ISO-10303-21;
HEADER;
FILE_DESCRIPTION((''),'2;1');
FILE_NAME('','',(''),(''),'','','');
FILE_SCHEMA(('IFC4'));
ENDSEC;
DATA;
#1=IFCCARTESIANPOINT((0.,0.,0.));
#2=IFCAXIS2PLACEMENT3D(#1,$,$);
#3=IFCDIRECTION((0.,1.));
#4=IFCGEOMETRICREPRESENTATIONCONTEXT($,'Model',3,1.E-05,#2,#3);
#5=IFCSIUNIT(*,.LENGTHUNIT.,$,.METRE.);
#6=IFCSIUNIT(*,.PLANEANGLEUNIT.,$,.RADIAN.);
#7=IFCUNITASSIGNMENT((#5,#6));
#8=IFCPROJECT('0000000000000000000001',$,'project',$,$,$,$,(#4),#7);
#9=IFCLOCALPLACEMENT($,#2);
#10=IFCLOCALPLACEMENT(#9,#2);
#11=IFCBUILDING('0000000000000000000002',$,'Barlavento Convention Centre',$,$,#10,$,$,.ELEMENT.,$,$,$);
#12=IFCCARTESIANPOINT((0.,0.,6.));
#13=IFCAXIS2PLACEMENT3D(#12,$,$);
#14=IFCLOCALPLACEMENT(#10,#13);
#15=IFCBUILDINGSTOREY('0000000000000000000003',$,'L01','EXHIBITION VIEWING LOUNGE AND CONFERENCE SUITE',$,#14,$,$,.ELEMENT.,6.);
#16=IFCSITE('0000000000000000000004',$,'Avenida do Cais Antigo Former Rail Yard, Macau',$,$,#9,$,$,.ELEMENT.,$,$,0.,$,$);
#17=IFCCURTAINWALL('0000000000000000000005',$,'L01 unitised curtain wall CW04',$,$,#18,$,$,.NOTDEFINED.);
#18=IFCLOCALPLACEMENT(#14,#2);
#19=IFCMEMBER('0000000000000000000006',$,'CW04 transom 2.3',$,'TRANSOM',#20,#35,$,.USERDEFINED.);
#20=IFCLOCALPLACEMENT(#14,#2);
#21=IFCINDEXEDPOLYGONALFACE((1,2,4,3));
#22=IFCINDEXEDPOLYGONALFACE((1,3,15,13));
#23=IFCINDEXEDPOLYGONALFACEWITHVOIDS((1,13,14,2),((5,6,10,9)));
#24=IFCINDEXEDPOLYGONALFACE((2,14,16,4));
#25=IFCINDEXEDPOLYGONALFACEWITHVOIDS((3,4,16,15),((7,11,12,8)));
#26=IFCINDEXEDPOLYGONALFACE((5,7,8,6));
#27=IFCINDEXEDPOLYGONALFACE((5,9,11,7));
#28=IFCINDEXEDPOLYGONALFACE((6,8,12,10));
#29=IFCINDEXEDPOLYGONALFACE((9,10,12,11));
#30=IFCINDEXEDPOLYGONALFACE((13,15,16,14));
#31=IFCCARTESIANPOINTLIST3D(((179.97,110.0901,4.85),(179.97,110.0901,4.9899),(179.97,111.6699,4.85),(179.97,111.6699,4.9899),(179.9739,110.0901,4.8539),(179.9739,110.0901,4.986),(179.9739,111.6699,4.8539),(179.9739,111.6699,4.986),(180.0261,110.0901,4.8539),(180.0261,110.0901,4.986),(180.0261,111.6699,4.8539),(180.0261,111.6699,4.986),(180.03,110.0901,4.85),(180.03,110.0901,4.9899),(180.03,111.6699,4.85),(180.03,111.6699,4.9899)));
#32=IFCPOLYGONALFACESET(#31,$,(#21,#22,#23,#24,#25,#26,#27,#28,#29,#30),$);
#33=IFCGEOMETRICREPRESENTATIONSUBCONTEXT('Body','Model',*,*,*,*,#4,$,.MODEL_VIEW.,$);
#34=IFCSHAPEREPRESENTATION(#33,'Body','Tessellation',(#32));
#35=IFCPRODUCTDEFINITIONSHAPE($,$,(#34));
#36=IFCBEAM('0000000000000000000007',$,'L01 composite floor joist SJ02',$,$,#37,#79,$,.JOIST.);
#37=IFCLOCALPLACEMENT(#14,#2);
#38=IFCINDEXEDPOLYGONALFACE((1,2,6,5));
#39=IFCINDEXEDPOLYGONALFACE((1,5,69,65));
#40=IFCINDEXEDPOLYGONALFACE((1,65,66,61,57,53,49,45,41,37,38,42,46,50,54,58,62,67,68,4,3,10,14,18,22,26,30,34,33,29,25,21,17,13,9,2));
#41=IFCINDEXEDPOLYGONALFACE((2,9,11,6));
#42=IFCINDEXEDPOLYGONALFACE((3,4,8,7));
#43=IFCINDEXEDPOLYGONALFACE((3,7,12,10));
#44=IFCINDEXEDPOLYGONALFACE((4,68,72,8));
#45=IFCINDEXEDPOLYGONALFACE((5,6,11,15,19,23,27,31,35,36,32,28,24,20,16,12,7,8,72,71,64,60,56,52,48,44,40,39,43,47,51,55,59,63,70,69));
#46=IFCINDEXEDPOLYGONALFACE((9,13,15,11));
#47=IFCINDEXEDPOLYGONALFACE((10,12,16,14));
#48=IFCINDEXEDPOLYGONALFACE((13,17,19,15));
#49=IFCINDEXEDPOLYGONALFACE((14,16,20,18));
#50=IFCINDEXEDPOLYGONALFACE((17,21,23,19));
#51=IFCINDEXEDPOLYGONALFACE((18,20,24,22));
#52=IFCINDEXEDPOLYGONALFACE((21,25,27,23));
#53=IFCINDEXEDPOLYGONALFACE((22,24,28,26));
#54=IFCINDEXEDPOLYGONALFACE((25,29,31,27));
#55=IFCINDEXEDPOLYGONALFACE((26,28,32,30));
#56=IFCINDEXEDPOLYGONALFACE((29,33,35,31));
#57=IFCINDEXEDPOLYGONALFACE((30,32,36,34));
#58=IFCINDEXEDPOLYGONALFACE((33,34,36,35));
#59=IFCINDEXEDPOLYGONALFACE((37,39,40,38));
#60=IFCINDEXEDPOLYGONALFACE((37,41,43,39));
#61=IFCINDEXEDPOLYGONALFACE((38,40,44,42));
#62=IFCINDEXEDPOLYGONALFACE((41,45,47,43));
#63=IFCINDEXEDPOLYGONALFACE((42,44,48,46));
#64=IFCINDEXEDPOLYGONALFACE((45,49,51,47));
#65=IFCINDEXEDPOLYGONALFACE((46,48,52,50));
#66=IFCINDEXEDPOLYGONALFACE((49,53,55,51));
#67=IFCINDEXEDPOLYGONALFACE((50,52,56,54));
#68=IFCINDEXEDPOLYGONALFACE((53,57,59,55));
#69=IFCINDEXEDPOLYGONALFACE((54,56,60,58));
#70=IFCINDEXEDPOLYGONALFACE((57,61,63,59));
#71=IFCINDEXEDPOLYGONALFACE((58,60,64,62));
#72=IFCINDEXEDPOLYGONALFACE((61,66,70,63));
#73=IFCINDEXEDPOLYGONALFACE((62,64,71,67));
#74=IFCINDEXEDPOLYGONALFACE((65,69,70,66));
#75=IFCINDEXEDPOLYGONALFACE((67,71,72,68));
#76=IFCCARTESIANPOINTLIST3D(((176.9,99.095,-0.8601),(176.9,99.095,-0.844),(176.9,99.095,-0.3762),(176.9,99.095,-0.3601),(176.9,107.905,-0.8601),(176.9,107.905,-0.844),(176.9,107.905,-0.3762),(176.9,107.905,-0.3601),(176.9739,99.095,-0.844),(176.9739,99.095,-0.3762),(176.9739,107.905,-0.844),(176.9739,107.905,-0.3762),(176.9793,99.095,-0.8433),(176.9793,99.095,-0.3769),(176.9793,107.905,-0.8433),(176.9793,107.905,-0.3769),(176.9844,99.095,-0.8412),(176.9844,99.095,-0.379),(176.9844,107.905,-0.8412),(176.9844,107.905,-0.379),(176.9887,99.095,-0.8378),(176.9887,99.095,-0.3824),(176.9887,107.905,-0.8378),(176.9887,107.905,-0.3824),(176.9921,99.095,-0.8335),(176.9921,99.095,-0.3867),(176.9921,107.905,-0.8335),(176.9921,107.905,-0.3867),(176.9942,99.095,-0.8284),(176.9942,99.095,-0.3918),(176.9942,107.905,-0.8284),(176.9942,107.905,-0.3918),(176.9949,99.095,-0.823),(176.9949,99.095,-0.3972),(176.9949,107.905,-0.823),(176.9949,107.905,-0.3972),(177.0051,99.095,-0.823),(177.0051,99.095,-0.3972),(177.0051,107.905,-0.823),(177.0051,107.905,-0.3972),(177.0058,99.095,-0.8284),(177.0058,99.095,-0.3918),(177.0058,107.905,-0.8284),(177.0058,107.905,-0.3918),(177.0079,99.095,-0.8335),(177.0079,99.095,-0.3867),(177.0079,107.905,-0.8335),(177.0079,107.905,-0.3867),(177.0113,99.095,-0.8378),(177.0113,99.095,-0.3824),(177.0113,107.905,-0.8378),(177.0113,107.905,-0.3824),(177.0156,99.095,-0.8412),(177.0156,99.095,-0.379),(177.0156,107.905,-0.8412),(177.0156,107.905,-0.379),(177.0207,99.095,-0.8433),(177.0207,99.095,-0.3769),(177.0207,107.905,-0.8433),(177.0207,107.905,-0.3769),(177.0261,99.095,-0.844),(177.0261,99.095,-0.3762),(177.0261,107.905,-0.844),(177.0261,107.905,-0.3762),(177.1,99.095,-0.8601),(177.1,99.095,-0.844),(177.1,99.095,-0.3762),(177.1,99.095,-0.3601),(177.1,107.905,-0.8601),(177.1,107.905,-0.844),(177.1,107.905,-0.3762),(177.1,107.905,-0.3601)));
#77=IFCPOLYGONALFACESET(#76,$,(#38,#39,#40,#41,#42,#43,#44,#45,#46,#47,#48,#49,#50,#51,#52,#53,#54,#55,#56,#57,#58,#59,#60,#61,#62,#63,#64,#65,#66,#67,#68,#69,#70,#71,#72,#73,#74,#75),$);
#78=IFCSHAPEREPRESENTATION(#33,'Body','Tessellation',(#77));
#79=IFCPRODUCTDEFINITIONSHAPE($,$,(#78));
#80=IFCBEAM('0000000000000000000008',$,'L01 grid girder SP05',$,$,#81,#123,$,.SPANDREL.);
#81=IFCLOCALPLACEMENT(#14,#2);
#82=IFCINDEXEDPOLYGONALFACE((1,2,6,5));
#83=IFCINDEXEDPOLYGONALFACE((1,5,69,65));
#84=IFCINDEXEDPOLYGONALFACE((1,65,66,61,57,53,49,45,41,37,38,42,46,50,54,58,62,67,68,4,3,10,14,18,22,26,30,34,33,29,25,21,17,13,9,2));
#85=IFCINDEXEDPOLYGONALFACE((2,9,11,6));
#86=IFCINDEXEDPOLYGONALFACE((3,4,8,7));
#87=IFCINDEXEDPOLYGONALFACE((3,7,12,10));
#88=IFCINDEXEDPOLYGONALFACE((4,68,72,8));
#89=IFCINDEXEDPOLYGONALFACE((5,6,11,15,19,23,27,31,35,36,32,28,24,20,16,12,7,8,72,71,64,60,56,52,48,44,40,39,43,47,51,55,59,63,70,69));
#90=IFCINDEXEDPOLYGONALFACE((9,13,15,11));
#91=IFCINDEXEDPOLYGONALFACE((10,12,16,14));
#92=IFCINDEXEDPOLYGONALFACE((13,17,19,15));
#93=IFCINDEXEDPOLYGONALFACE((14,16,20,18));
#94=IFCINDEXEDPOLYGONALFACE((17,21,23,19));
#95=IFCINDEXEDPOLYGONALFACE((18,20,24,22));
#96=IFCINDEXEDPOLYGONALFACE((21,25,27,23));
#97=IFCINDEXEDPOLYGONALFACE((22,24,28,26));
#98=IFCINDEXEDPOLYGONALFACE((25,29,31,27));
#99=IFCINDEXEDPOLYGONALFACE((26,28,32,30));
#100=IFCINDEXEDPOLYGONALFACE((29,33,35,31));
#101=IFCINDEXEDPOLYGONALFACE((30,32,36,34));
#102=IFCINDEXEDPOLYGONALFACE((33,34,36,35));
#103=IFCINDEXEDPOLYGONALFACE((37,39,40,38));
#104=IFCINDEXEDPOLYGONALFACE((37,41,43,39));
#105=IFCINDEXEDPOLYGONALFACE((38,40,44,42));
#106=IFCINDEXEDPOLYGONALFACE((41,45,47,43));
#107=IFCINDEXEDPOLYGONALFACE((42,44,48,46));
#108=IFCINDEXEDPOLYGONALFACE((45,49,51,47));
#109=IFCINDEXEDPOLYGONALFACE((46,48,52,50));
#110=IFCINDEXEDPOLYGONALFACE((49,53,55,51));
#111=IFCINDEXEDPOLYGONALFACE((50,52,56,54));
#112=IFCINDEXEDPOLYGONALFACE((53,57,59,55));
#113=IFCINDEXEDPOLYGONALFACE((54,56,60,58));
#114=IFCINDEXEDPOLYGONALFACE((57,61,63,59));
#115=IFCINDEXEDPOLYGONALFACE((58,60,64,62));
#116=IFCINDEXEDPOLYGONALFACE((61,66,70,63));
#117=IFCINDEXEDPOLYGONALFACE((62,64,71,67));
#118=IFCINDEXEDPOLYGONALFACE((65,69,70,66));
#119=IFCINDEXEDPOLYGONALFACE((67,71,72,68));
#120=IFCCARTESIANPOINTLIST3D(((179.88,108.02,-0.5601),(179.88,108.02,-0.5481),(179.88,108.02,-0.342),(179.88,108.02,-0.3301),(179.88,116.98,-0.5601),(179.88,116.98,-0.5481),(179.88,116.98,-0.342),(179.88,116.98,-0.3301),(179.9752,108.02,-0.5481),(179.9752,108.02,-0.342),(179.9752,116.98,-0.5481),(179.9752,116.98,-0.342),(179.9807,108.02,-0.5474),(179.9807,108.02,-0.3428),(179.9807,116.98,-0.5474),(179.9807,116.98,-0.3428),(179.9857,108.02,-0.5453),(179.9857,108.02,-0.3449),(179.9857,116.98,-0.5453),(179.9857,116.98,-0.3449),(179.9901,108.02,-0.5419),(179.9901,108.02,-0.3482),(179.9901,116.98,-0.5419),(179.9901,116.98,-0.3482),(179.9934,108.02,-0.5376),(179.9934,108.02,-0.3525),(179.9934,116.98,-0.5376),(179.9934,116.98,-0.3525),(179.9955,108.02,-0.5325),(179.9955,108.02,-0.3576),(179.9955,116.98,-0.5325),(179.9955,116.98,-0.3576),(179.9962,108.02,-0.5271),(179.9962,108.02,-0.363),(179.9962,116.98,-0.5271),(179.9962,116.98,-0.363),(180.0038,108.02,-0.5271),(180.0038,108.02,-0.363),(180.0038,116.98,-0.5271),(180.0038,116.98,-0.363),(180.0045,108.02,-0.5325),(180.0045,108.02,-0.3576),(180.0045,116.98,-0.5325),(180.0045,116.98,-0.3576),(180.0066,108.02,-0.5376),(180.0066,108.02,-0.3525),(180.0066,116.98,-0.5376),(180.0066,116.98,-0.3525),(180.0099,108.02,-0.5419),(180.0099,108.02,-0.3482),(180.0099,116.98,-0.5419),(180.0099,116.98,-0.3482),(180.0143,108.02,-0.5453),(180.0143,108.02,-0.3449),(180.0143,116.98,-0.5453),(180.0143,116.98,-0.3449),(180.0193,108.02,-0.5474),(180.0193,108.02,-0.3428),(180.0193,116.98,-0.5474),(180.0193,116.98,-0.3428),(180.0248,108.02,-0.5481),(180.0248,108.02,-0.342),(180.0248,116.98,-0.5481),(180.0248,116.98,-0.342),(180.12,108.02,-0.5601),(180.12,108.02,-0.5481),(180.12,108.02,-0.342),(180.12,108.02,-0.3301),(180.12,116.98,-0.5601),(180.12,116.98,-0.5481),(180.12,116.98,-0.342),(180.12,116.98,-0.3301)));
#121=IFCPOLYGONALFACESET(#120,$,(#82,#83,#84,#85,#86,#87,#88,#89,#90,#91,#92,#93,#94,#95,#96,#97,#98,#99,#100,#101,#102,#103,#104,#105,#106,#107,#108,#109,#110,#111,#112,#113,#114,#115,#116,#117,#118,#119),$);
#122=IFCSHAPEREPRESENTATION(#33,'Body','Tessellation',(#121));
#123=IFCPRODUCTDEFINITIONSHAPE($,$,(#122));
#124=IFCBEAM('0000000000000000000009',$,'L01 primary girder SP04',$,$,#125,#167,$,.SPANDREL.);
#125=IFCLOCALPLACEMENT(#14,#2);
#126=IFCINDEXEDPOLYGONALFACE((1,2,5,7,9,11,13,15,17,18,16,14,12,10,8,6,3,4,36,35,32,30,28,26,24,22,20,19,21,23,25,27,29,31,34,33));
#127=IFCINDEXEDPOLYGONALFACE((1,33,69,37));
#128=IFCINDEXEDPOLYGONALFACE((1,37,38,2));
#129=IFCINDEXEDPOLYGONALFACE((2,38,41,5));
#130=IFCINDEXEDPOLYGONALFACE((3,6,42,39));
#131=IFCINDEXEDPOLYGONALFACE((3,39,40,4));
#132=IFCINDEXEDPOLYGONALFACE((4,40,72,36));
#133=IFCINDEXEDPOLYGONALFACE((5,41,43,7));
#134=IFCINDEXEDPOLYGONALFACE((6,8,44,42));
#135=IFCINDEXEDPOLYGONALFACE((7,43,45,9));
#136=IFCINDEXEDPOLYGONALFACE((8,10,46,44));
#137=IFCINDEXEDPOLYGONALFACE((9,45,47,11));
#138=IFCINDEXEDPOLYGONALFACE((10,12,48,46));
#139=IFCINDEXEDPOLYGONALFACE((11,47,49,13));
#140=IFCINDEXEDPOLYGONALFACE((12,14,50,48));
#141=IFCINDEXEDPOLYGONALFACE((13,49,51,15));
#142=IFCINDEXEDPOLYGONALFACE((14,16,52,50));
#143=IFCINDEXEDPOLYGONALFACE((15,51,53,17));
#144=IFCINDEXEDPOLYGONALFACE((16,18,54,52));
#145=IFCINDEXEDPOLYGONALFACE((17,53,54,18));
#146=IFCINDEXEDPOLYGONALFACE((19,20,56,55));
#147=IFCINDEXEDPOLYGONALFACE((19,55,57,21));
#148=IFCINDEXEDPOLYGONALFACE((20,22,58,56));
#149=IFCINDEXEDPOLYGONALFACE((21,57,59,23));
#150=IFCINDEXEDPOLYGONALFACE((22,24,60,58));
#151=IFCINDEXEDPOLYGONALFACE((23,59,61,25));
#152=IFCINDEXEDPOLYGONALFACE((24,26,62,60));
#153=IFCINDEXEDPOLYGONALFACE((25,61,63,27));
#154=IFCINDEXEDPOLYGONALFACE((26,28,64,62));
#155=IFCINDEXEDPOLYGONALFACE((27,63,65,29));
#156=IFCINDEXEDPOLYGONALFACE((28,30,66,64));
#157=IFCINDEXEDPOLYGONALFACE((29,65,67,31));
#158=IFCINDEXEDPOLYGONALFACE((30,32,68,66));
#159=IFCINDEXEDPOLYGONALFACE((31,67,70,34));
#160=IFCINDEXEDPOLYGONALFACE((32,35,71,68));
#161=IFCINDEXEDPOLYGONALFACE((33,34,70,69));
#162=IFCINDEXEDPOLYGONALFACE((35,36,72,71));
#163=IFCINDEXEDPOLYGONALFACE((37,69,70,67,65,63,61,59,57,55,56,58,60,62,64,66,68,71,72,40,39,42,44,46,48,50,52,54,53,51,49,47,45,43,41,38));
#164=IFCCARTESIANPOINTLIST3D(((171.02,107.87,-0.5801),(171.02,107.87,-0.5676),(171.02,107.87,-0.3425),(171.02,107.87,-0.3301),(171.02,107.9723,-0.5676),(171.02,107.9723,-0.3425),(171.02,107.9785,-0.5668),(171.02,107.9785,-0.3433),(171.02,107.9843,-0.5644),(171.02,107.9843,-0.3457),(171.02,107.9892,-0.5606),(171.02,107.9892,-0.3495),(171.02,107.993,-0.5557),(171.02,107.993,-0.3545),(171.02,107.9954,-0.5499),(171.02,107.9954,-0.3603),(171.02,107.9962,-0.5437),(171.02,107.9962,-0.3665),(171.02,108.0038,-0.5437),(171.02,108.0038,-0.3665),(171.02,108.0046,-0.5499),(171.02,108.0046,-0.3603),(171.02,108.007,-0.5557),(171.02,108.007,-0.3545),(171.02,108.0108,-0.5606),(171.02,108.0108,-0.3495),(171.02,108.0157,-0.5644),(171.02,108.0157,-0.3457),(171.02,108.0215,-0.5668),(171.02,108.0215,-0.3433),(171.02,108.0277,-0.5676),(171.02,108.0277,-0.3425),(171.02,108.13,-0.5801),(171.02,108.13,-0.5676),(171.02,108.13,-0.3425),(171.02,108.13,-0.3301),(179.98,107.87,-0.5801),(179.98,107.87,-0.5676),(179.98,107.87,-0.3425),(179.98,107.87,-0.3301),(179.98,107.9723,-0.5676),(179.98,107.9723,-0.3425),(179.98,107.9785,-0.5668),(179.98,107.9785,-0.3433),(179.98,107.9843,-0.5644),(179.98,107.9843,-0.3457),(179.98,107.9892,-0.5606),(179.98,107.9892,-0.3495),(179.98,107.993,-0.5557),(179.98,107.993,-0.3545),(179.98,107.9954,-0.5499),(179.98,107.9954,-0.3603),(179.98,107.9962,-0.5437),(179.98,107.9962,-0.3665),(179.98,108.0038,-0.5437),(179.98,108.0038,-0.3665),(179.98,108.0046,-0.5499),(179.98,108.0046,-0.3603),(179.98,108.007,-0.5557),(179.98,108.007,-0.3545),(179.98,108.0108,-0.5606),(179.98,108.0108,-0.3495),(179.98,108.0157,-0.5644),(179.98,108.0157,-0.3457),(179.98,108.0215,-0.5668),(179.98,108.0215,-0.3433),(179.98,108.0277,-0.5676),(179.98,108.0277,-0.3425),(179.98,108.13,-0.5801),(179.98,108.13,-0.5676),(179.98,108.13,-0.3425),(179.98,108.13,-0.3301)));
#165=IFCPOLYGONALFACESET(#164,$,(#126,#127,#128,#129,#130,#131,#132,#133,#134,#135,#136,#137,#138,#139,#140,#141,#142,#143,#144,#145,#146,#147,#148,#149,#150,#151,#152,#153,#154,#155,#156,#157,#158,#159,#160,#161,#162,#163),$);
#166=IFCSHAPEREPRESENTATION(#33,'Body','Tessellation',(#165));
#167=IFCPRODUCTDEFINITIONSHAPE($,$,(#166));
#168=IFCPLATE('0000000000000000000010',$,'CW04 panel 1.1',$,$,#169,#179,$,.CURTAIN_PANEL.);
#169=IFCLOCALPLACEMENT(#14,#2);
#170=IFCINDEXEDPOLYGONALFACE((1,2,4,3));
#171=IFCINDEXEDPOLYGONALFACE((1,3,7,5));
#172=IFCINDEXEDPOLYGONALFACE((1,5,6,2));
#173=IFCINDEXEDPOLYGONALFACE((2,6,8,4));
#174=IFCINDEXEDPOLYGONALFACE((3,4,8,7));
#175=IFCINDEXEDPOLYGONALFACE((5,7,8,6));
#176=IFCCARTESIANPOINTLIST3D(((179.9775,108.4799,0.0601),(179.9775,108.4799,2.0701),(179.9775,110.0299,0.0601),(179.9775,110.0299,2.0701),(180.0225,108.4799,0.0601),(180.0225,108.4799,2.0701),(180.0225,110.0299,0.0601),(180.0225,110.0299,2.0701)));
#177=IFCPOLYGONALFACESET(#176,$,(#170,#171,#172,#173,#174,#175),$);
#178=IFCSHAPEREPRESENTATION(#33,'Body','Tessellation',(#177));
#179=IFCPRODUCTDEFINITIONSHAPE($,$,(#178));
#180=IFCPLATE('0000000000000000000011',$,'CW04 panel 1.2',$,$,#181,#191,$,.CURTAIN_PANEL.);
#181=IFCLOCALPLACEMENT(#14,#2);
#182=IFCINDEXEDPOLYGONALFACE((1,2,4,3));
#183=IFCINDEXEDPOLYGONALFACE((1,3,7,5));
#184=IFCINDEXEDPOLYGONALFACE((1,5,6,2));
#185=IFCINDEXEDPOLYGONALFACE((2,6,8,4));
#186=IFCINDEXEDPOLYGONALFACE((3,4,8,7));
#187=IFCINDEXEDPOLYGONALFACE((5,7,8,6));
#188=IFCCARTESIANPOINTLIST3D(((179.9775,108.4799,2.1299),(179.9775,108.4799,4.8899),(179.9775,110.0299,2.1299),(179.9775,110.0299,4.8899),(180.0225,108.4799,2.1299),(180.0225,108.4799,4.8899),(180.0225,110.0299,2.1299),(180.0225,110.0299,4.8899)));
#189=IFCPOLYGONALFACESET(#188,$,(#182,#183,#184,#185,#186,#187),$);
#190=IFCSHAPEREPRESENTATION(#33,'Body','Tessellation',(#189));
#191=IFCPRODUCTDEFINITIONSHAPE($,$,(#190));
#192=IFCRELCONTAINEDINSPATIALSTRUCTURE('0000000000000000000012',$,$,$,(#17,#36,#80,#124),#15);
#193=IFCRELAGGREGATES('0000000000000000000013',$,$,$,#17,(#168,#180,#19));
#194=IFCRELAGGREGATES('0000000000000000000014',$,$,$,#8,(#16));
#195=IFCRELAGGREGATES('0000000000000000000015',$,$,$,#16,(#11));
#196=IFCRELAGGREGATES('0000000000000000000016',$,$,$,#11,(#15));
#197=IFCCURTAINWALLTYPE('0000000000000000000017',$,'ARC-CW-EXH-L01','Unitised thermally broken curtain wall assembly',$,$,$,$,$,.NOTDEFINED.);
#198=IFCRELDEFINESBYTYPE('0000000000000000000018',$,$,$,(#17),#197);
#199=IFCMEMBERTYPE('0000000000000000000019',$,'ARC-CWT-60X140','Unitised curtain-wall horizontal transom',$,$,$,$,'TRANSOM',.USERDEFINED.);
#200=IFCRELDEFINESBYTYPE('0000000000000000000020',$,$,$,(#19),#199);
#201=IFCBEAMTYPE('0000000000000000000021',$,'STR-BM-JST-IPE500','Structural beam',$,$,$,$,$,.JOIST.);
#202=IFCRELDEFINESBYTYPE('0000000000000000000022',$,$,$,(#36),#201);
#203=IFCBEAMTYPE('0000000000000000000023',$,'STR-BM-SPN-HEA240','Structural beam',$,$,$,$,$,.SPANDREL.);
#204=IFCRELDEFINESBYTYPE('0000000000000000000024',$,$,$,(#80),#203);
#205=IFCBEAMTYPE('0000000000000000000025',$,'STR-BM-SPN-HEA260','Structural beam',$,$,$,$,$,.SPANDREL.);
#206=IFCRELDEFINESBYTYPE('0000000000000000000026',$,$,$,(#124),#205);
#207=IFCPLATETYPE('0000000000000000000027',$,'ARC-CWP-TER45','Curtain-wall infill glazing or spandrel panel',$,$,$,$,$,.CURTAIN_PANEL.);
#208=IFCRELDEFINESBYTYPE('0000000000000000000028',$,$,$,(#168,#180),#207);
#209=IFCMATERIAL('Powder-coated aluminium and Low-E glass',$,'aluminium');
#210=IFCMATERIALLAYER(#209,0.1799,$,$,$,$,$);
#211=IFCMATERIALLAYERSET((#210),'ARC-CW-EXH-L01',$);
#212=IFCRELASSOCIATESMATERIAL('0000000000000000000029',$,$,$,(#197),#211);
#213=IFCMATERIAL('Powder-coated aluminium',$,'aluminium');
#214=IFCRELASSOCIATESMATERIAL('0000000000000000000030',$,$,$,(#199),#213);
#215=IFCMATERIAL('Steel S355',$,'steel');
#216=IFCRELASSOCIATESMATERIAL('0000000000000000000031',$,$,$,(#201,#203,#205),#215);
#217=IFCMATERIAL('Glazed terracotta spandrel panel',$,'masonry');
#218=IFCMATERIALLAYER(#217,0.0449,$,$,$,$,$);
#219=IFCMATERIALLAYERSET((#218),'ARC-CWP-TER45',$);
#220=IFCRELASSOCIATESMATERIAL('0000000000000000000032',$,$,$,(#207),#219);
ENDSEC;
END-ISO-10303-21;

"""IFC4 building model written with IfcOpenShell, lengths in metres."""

from ifc_helpers import new_model, si_unit, direction, frame, origin, origin_2d, place, context, subcontext, project, spatial, rectangle, hollow_rectangle, i_section, extrude, material, layer, layer_set, material_profile, profile_set, type_object, element, aggregate, save


model = new_model("IFC4")

# Units and contexts
model_context = context("Model", 3, precision=1e-05, world=origin(), true_north=direction((0.0, 1.0)))
body_context = subcontext(model_context, "Body", "Model", "MODEL_VIEW")
ifc_project = project(units=[si_unit("LENGTHUNIT", "METRE"), si_unit("PLANEANGLEUNIT", "RADIAN")], contexts=[model_context])

# Site, building, storey
site_placement = place(None, origin())
site = spatial("IfcSite", under=ifc_project, at=site_placement, Name="Avenida do Cais Antigo Former Rail Yard, Macau", CompositionType="ELEMENT", RefElevation=0.0)
building_placement = place(site_placement, origin())
building = spatial("IfcBuilding", under=site, at=building_placement, Name="Barlavento Convention Centre", CompositionType="ELEMENT")
storey_placement = place(building_placement, frame((0.0, 0.0, 6.0)))
storey = spatial("IfcBuildingStorey", under=building, at=storey_placement, Name="L01", Description="EXHIBITION VIEWING LOUNGE AND CONFERENCE SUITE", CompositionType="ELEMENT", Elevation=6.0)

# Shared definitions
ifc_material_1 = material(Name="Steel S355", Category="steel")

# Curtain wall, member
ifc_material_2 = material(Name="Powder-coated aluminium and Low-E glass", Category="aluminium")
ifc_layer_1 = layer(ifc_material_2, 0.1799)
ifc_layer_set_1 = layer_set([ifc_layer_1], Name="ARC-CW-EXH-L01")
curtain_wall_type = type_object("IfcCurtainWallType", Name="ARC-CW-EXH-L01", Description="Unitised thermally broken curtain wall assembly", PredefinedType="NOTDEFINED", material=ifc_layer_set_1)
curtain_wall_placement = place(storey_placement, origin())
curtain_wall = element("IfcCurtainWall", 1, at=curtain_wall_placement, inside=storey, type_object=curtain_wall_type, Name="L01 unitised curtain wall CW04", PredefinedType="NOTDEFINED")
ifc_material_3 = material(Name="Powder-coated aluminium", Category="aluminium")
ifc_material_profile_1 = material_profile(ifc_material_3, hollow_rectangle(XDim=0.0601, YDim=0.1399, WallThickness=0.0039, at=origin_2d()), Name="AL-TRAN 60x140x4")
ifc_profile_set_1 = profile_set([ifc_material_profile_1], Name="Powder-coated aluminium")
member_type_1 = type_object("IfcMemberType", Name="ARC-CWT-60X140", Description="Unitised curtain-wall horizontal transom", ElementType="TRANSOM", PredefinedType="USERDEFINED", material=ifc_profile_set_1)
member_1_placement = place(storey_placement, frame((180.0, 110.0901, 4.9199), z_axis=(0.0, 1.0, 0.0), x_axis=(-1.0, 0.0, 0.0)))
member_1 = element("IfcMember", 2, at=member_1_placement, type_object=member_type_1, Name="CW04 transom 2.3", ObjectType="TRANSOM", PredefinedType="USERDEFINED", context=body_context, shape_type="SweptSolid", body=[
    extrude(hollow_rectangle(XDim=0.0601, YDim=0.1399, WallThickness=0.0039, at=origin_2d()), origin(), (0.0, 0.0, 1.0), 1.5798),
])

# Beams
ifc_material_profile_2 = material_profile(ifc_material_1, i_section(OverallWidth=0.2, OverallDepth=0.5, WebThickness=0.0103, FlangeThickness=0.0161, FilletRadius=0.021, at=origin_2d()), Name="IPE 500")
ifc_profile_set_2 = profile_set([ifc_material_profile_2], Name="Steel S355")
beam_type_1 = type_object("IfcBeamType", Name="STR-BM-JST-IPE500", Description="Structural beam", PredefinedType="JOIST", material=ifc_profile_set_2)
beam_1_placement = place(storey_placement, frame((177.0, 99.095, -0.6101), z_axis=(0.0, 1.0, 0.0), x_axis=(-1.0, 0.0, 0.0)))
element("IfcBeam", 3, at=beam_1_placement, inside=storey, type_object=beam_type_1, Name="L01 composite floor joist SJ02", PredefinedType="JOIST", context=body_context, shape_type="SweptSolid", body=[
    extrude(i_section(OverallWidth=0.2, OverallDepth=0.5, WebThickness=0.0103, FlangeThickness=0.0161, FilletRadius=0.021, at=origin_2d()), origin(), (0.0, 0.0, 1.0), 8.8101),
])
ifc_material_profile_3 = material_profile(ifc_material_1, i_section(OverallWidth=0.24, OverallDepth=0.23, WebThickness=0.0076, FlangeThickness=0.012, FilletRadius=0.021, at=origin_2d()), Name="HEA 240")
ifc_profile_set_3 = profile_set([ifc_material_profile_3], Name="Steel S355")
beam_type_2 = type_object("IfcBeamType", Name="STR-BM-SPN-HEA240", Description="Structural beam", PredefinedType="SPANDREL", material=ifc_profile_set_3)
beam_2_placement = place(storey_placement, frame((180.0, 108.02, -0.4451), z_axis=(0.0, 1.0, 0.0), x_axis=(-1.0, 0.0, 0.0)))
element("IfcBeam", 4, at=beam_2_placement, inside=storey, type_object=beam_type_2, Name="L01 grid girder SP05", PredefinedType="SPANDREL", context=body_context, shape_type="SweptSolid", body=[
    extrude(i_section(OverallWidth=0.24, OverallDepth=0.23, WebThickness=0.0076, FlangeThickness=0.012, FilletRadius=0.021, at=origin_2d()), origin(), (0.0, 0.0, 1.0), 8.96),
])
ifc_material_profile_4 = material_profile(ifc_material_1, i_section(OverallWidth=0.26, OverallDepth=0.25, WebThickness=0.0076, FlangeThickness=0.0125, FilletRadius=0.0239, at=origin_2d()), Name="HEA 260")
ifc_profile_set_4 = profile_set([ifc_material_profile_4], Name="Steel S355")
beam_type_3 = type_object("IfcBeamType", Name="STR-BM-SPN-HEA260", Description="Structural beam", PredefinedType="SPANDREL", material=ifc_profile_set_4)
beam_3_placement = place(storey_placement, frame((171.02, 108.0, -0.4551), z_axis=(1.0, 0.0, 0.0), x_axis=(0.0, 1.0, 0.0)))
element("IfcBeam", 5, at=beam_3_placement, inside=storey, type_object=beam_type_3, Name="L01 primary girder SP04", PredefinedType="SPANDREL", context=body_context, shape_type="SweptSolid", body=[
    extrude(i_section(OverallWidth=0.26, OverallDepth=0.25, WebThickness=0.0076, FlangeThickness=0.0125, FilletRadius=0.0239, at=origin_2d()), origin(), (0.0, 0.0, 1.0), 8.96),
])

# Plates
ifc_material_4 = material(Name="Glazed terracotta spandrel panel", Category="masonry")
ifc_layer_2 = layer(ifc_material_4, 0.0449)
ifc_layer_set_2 = layer_set([ifc_layer_2], Name="ARC-CWP-TER45")
plate_type = type_object("IfcPlateType", Name="ARC-CWP-TER45", Description="Curtain-wall infill glazing or spandrel panel", PredefinedType="CURTAIN_PANEL", material=ifc_layer_set_2)
plate_1_placement = place(storey_placement, frame((180.0, 109.2549, 0.0601), z_axis=(0.0, 0.0, 1.0), x_axis=(0.0, 1.0, 0.0)))
plate_1 = element("IfcPlate", 6, at=plate_1_placement, type_object=plate_type, Name="CW04 panel 1.1", PredefinedType="CURTAIN_PANEL", context=body_context, shape_type="SweptSolid", body=[
    extrude(rectangle(XDim=1.55, YDim=0.0449, at=origin_2d()), origin(), (0.0, 0.0, 1.0), 2.01),
])
plate_2_placement = place(storey_placement, frame((180.0, 109.2549, 2.1299), z_axis=(0.0, 0.0, 1.0), x_axis=(0.0, 1.0, 0.0)))
plate_2 = element("IfcPlate", 7, at=plate_2_placement, type_object=plate_type, Name="CW04 panel 1.2", PredefinedType="CURTAIN_PANEL", context=body_context, shape_type="SweptSolid", body=[
    extrude(rectangle(XDim=1.55, YDim=0.0449, at=origin_2d()), origin(), (0.0, 0.0, 1.0), 2.76),
])
aggregate(curtain_wall, [plate_1, plate_2, member_1])

save(model, "model.ifc")
